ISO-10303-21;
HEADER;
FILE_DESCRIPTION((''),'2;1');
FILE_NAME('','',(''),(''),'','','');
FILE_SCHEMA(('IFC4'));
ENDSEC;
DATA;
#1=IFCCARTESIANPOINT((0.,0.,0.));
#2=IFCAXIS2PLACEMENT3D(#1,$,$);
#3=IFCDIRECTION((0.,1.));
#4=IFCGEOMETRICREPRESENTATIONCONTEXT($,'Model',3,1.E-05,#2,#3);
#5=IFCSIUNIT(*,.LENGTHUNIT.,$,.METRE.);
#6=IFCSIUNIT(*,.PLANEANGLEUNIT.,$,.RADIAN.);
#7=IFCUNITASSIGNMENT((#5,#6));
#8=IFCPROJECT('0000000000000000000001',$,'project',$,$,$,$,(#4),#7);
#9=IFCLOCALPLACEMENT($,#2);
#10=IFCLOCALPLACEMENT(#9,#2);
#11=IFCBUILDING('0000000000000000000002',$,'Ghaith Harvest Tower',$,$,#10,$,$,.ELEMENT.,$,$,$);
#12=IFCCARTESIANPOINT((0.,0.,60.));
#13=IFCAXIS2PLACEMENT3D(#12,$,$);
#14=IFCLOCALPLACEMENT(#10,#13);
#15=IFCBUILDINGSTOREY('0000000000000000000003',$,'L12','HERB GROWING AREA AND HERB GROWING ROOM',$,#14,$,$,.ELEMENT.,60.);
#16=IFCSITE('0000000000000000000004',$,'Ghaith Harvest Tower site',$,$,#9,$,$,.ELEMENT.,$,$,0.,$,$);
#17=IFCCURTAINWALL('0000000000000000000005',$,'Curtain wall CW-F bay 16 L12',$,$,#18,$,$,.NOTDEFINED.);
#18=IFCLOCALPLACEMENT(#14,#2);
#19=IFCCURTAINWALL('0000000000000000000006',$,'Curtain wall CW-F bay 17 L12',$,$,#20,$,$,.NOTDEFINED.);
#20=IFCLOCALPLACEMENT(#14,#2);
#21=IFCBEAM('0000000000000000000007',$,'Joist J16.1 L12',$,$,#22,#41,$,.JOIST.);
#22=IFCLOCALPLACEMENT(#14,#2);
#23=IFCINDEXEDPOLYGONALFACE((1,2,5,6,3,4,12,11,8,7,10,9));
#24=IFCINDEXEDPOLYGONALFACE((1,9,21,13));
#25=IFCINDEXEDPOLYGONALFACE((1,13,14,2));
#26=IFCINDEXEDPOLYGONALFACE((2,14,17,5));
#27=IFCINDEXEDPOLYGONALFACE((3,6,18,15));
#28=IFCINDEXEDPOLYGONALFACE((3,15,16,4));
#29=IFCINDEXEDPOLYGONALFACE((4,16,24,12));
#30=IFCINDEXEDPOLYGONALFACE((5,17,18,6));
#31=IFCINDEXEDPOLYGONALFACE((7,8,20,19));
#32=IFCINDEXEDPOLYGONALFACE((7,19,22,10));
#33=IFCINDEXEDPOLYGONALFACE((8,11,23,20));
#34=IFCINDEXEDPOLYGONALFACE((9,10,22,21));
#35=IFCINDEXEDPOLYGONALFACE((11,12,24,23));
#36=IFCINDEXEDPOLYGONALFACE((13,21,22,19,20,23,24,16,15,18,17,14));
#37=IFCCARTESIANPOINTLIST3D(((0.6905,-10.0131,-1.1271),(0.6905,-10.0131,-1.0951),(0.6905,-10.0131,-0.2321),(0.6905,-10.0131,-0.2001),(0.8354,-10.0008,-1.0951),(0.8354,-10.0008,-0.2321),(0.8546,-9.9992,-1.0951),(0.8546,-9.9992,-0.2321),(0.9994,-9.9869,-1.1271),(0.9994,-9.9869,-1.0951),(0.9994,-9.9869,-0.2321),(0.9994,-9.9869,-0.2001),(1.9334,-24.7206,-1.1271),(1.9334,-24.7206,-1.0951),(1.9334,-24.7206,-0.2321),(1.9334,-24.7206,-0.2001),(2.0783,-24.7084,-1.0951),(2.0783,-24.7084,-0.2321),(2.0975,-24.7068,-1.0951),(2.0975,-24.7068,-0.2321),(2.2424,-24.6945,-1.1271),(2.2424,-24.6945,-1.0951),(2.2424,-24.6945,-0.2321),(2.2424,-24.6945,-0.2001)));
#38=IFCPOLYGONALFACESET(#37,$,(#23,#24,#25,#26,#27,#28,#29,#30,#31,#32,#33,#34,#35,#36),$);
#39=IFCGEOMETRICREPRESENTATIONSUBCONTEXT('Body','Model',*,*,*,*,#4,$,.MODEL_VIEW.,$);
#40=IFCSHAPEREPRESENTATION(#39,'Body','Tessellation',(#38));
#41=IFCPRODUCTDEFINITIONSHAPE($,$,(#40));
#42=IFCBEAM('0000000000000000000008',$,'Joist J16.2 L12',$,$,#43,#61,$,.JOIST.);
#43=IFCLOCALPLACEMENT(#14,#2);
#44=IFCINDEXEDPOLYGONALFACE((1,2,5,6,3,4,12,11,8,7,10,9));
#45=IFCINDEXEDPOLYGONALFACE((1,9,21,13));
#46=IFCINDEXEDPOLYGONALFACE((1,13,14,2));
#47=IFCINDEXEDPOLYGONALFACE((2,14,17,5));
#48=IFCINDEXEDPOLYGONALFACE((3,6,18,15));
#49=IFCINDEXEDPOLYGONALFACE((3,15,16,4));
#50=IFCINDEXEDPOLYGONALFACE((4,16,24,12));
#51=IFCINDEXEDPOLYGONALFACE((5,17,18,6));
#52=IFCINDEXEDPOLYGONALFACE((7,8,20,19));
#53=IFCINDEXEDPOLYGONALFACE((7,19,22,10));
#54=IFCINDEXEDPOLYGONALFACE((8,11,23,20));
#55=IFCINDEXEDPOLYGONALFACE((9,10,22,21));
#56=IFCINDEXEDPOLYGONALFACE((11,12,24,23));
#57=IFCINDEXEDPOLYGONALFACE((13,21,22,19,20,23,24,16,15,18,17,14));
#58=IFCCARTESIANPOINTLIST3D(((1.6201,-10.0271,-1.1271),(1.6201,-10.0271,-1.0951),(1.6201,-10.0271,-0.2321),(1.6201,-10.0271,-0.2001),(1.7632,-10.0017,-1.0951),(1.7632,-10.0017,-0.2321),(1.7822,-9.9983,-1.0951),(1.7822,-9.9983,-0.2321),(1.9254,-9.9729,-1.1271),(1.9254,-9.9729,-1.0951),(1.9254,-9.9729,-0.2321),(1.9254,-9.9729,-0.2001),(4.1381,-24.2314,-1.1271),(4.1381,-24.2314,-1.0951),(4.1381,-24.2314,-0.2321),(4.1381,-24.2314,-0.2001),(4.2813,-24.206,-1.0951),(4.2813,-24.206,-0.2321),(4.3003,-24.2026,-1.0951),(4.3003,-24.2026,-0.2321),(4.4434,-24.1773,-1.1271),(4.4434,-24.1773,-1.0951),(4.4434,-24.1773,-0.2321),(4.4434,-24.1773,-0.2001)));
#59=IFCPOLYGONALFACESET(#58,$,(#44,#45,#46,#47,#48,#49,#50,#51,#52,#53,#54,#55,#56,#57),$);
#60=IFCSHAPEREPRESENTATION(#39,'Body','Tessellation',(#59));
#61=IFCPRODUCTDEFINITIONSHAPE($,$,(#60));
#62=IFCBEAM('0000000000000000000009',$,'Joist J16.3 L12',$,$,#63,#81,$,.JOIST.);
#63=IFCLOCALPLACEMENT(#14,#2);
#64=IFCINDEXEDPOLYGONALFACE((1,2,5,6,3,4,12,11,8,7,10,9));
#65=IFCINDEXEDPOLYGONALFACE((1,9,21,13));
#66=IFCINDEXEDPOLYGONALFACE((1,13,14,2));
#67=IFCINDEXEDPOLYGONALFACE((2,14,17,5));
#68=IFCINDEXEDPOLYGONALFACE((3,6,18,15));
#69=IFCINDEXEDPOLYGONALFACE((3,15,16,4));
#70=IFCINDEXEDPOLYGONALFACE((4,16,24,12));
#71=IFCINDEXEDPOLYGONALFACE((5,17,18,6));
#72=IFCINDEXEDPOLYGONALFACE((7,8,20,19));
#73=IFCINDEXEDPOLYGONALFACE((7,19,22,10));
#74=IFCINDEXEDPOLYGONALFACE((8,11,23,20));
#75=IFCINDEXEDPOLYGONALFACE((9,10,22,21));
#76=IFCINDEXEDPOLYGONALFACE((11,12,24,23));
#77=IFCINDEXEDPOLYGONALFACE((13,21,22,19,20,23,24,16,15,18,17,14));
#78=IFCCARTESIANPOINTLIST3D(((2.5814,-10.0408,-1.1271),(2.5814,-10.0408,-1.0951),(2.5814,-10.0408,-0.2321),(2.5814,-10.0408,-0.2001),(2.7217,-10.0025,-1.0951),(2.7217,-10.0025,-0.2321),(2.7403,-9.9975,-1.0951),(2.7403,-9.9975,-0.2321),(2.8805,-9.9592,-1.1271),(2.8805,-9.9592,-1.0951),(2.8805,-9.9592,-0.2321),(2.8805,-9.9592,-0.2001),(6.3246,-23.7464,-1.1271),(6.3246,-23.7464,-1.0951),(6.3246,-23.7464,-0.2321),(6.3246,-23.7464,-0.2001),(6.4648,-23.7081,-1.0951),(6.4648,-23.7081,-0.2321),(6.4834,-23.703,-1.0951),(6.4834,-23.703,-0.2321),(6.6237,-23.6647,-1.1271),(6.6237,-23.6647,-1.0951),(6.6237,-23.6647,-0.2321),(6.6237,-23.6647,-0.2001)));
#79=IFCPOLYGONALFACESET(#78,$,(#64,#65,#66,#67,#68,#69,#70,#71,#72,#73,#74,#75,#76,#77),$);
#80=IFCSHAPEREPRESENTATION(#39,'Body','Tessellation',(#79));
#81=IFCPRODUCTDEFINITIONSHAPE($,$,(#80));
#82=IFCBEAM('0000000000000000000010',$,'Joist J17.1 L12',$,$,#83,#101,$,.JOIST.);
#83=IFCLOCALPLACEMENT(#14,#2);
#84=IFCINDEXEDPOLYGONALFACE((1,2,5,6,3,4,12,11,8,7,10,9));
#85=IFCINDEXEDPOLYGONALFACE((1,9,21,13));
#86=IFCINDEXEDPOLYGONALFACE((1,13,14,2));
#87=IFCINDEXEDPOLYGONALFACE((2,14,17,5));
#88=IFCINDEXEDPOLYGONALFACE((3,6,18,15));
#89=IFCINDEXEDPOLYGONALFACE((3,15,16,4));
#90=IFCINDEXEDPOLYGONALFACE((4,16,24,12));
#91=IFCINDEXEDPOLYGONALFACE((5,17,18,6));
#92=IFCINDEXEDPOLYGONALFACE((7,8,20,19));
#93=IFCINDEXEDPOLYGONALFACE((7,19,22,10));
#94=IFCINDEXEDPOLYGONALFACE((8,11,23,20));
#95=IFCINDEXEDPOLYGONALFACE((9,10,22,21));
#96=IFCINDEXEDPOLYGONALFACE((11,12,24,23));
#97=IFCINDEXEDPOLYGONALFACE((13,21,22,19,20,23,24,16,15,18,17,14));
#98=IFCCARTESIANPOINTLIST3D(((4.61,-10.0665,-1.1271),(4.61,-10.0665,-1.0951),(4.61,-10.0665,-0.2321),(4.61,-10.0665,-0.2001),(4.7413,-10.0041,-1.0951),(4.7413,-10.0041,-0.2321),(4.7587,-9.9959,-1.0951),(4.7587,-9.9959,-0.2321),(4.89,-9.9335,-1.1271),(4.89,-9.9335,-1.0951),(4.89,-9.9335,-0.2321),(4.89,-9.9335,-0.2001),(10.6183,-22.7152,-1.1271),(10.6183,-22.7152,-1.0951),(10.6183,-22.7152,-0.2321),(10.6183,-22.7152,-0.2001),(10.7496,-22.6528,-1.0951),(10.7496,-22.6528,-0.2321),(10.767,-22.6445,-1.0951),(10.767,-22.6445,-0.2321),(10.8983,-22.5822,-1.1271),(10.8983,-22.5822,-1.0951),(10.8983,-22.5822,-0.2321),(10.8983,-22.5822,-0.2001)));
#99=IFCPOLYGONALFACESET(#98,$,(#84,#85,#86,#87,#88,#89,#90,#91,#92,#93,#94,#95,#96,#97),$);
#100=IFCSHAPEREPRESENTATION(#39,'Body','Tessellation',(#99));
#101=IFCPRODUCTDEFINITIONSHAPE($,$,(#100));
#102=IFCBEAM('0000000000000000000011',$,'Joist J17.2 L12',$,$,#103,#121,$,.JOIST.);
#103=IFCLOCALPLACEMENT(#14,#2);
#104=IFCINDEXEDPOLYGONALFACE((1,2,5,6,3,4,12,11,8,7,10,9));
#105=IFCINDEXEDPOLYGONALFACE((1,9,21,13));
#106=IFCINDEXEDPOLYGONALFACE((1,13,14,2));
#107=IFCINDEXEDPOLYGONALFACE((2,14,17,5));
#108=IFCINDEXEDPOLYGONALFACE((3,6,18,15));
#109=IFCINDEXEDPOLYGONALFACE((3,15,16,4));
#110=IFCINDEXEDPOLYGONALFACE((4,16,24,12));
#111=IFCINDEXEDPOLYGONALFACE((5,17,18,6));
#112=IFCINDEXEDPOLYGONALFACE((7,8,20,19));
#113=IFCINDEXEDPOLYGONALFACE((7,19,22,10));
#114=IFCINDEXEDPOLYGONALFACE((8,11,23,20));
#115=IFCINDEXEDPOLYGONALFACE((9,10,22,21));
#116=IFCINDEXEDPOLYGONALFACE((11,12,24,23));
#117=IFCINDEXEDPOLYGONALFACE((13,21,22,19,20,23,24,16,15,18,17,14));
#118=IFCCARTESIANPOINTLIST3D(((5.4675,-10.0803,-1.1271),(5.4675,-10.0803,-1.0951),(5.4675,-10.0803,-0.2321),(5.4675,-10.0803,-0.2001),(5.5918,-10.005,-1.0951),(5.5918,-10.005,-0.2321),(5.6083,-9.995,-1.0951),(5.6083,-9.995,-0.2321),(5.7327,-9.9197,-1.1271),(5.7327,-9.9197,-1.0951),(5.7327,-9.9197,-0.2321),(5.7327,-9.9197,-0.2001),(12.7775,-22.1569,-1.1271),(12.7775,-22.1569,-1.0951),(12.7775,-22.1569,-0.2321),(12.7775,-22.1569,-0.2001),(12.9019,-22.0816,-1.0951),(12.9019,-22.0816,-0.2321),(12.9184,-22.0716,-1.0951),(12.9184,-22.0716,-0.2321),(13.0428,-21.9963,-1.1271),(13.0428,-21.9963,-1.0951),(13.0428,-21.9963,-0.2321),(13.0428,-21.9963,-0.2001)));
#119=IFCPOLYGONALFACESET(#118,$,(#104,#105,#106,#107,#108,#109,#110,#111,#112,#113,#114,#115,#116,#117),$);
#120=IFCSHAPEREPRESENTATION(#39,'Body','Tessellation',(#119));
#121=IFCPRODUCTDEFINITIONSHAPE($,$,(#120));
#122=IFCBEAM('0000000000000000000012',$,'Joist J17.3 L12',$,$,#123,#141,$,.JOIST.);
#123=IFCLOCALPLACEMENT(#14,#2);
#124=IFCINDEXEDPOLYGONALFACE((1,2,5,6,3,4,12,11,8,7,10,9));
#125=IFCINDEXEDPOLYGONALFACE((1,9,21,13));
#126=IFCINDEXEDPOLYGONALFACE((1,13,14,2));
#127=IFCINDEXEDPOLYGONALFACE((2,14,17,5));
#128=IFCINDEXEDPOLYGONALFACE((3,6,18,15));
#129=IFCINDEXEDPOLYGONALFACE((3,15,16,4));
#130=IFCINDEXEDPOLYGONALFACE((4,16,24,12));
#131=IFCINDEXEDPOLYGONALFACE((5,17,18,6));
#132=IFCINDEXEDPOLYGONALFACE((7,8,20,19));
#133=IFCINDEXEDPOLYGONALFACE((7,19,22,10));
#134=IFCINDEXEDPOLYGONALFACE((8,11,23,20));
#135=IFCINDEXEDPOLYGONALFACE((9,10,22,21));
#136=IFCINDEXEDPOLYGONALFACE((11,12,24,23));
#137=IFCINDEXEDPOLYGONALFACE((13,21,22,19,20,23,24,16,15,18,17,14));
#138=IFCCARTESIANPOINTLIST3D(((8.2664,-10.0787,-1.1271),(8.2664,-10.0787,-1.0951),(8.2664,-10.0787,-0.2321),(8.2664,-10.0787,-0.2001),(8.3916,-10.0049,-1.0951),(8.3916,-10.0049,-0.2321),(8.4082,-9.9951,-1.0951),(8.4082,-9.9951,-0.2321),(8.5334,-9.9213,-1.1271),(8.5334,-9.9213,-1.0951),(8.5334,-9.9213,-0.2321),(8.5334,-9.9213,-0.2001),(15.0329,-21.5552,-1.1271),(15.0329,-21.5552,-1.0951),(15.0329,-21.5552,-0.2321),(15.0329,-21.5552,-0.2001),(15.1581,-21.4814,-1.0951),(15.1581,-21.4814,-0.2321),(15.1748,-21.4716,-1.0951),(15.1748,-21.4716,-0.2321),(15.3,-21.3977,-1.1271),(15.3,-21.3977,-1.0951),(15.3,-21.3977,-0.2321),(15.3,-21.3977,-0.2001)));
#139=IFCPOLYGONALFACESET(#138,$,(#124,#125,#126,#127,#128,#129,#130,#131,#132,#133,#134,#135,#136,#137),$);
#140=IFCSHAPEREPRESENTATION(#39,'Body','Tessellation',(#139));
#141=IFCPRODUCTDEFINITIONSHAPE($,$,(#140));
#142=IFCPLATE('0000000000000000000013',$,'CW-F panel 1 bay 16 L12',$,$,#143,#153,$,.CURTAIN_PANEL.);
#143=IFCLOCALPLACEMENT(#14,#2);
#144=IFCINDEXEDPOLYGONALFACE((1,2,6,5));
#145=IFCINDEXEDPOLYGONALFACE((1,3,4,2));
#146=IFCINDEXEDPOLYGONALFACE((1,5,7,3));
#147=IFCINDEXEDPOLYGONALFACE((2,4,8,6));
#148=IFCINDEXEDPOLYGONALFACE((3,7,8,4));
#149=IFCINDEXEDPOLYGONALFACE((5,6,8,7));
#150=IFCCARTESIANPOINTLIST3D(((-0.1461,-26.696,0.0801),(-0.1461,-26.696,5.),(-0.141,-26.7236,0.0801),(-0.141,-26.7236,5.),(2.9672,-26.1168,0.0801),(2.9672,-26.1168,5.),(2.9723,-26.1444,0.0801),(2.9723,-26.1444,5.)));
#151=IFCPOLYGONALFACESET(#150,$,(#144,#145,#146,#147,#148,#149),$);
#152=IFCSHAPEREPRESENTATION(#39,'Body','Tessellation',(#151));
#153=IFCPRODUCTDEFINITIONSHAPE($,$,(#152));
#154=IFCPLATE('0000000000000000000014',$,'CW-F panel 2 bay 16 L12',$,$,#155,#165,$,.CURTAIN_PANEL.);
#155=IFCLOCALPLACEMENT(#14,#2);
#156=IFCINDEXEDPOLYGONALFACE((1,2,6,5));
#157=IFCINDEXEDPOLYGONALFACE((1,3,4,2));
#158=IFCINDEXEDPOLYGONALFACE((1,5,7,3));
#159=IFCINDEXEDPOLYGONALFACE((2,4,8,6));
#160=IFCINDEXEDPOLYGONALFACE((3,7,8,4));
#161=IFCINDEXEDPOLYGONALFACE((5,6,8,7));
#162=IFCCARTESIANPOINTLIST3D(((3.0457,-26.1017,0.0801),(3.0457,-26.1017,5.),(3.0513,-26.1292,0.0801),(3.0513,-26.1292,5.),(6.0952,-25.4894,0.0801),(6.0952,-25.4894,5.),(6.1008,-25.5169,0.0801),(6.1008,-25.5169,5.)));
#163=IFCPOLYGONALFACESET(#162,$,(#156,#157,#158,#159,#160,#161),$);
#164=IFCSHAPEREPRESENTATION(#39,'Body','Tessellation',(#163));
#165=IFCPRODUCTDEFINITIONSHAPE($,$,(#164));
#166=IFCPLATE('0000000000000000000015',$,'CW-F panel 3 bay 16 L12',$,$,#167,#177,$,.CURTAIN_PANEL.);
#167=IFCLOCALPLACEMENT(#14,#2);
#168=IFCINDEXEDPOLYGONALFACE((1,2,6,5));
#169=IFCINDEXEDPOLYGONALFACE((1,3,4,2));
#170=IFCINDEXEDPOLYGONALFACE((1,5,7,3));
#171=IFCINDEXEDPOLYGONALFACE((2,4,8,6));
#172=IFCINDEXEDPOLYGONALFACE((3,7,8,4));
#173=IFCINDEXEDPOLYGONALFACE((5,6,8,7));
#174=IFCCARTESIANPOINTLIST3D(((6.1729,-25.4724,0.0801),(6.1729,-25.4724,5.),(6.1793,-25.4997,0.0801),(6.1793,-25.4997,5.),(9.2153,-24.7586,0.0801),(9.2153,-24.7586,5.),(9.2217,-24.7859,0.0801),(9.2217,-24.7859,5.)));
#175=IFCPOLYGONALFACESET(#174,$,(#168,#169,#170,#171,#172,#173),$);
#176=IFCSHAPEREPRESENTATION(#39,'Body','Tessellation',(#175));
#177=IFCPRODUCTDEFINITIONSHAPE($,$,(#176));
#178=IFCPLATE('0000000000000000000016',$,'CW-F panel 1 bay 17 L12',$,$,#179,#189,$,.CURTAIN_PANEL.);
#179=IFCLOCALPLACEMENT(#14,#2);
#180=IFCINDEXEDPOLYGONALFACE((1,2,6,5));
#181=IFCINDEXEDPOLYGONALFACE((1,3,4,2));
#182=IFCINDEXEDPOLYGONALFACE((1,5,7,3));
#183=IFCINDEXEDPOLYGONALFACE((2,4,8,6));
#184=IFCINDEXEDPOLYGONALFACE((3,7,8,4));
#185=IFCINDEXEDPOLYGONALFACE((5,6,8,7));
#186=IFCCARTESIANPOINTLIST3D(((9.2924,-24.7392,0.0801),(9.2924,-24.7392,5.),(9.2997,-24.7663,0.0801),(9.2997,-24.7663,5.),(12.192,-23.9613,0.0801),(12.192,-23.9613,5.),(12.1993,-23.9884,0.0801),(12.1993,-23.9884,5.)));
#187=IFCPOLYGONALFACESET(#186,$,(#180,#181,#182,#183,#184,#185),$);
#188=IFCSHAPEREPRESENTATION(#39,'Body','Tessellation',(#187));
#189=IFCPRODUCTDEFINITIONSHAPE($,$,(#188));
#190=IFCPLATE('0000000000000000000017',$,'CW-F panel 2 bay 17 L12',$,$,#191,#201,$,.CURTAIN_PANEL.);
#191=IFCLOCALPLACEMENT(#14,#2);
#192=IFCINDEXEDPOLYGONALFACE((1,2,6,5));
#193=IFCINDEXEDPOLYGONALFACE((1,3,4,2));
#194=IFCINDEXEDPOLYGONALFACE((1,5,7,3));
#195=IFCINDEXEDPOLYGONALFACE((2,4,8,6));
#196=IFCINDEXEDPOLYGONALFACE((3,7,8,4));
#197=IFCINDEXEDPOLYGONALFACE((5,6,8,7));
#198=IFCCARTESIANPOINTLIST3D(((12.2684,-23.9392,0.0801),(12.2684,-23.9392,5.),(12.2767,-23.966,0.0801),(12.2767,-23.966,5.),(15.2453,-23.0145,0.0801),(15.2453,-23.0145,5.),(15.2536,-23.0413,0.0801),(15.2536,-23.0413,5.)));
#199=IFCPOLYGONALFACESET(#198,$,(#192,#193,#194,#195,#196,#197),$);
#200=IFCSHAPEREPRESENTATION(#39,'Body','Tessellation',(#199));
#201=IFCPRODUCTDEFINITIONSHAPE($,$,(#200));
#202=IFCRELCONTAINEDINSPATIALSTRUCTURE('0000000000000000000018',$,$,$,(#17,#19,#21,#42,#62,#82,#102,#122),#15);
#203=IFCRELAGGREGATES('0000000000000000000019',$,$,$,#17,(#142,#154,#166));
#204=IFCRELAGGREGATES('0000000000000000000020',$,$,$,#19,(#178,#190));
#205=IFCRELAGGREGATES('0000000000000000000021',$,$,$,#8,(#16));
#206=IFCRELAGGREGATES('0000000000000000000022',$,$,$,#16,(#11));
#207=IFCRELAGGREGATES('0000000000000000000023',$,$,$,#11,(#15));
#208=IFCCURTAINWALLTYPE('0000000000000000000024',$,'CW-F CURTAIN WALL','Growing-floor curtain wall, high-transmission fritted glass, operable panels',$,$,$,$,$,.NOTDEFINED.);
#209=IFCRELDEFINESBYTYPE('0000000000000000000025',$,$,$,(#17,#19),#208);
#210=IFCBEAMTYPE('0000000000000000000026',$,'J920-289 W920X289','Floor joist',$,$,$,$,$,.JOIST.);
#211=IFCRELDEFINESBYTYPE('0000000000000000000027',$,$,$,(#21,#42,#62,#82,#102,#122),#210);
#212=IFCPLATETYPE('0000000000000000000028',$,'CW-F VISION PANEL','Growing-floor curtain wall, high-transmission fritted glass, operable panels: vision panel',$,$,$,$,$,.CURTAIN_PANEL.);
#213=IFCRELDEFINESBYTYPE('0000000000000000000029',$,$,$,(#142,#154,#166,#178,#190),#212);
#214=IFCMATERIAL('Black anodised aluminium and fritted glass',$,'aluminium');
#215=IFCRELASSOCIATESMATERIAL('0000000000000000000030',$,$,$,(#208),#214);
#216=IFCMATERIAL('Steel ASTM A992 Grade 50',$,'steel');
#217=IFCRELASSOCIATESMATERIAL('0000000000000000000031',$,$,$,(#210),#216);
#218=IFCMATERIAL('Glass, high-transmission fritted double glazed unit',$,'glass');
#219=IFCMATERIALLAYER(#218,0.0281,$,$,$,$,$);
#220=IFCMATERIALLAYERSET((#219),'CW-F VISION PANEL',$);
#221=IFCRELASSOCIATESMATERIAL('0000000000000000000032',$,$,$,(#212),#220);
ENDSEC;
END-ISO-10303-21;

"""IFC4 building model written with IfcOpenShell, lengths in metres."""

from ifc_helpers import new_model, si_unit, direction, frame, origin, origin_2d, place, context, subcontext, project, spatial, rectangle, i_section, extrude, material, layer, layer_set, material_profile, profile_set, type_object, element, aggregate, save


model = new_model("IFC4")

# Units and contexts
model_context = context("Model", 3, precision=1e-05, world=origin(), true_north=direction((0.0, 1.0)))
body_context = subcontext(model_context, "Body", "Model", "MODEL_VIEW")
ifc_project = project(units=[si_unit("LENGTHUNIT", "METRE"), si_unit("PLANEANGLEUNIT", "RADIAN")], contexts=[model_context])

# Site, building, storey
site_placement = place(None, origin())
site = spatial("IfcSite", under=ifc_project, at=site_placement, Name="Ghaith Harvest Tower site", CompositionType="ELEMENT", RefElevation=0.0)
building_placement = place(site_placement, origin())
building = spatial("IfcBuilding", under=site, at=building_placement, Name="Ghaith Harvest Tower", CompositionType="ELEMENT")
storey_placement = place(building_placement, frame((0.0, 0.0, 60.0)))
storey = spatial("IfcBuildingStorey", under=building, at=storey_placement, Name="L12", Description="HERB GROWING AREA AND HERB GROWING ROOM", CompositionType="ELEMENT", Elevation=60.0)

# Curtain walls
ifc_material_1 = material(Name="Black anodised aluminium and fritted glass", Category="aluminium")
curtain_wall_type = type_object("IfcCurtainWallType", Name="CW-F CURTAIN WALL", Description="Growing-floor curtain wall, high-transmission fritted glass, operable panels", PredefinedType="NOTDEFINED", material=ifc_material_1)
curtain_wall_1_placement = place(storey_placement, origin())
curtain_wall_1 = element("IfcCurtainWall", 1, at=curtain_wall_1_placement, inside=storey, type_object=curtain_wall_type, Name="Curtain wall CW-F bay 16 L12", PredefinedType="NOTDEFINED")
curtain_wall_2_placement = place(storey_placement, origin())
curtain_wall_2 = element("IfcCurtainWall", 2, at=curtain_wall_2_placement, inside=storey, type_object=curtain_wall_type, Name="Curtain wall CW-F bay 17 L12", PredefinedType="NOTDEFINED")

# Beams
ifc_material_2 = material(Name="Steel ASTM A992 Grade 50", Category="steel")
ifc_material_profile_1 = material_profile(ifc_material_2, i_section(OverallWidth=0.3101, OverallDepth=0.927, WebThickness=0.0193, FlangeThickness=0.032, at=origin_2d()), Name="W920X289")
ifc_profile_set_1 = profile_set([ifc_material_profile_1], Name="Steel ASTM A992 Grade 50")
beam_type_1 = type_object("IfcBeamType", Name="J920-289 W920X289", Description="Floor joist", PredefinedType="JOIST", material=ifc_profile_set_1)
beam_1_placement = place(storey_placement, frame((0.845, -10.0, -0.6636), z_axis=(0.084209, -0.996448, 0.0), x_axis=(0.996448, 0.084209, 0.0)))
element("IfcBeam", 3, at=beam_1_placement, inside=storey, type_object=beam_type_1, Name="Joist J16.1 L12", PredefinedType="JOIST", context=body_context, shape_type="SweptSolid", body=[
    extrude(i_section(OverallWidth=0.3101, OverallDepth=0.927, WebThickness=0.0193, FlangeThickness=0.032, at=origin_2d()), origin(), (0.0, 0.0, 1.0), 14.76),
])
beam_2_placement = place(storey_placement, frame((1.7727, -10.0, -0.6636), z_axis=(0.174553, -0.984648, 0.0), x_axis=(0.984648, 0.174553, 0.0)))
element("IfcBeam", 4, at=beam_2_placement, inside=storey, type_object=beam_type_1, Name="Joist J16.2 L12", PredefinedType="JOIST", context=body_context, shape_type="SweptSolid", body=[
    extrude(i_section(OverallWidth=0.3101, OverallDepth=0.927, WebThickness=0.0193, FlangeThickness=0.032, at=origin_2d()), origin(), (0.0, 0.0, 1.0), 14.4258),
])
beam_3_placement = place(storey_placement, frame((2.731, -10.0, -0.6636), z_axis=(0.263463, -0.964669, 0.0), x_axis=(0.964669, 0.263463, 0.0)))
element("IfcBeam", 5, at=beam_3_placement, inside=storey, type_object=beam_type_1, Name="Joist J16.3 L12", PredefinedType="JOIST", context=body_context, shape_type="SweptSolid", body=[
    extrude(i_section(OverallWidth=0.3101, OverallDepth=0.927, WebThickness=0.0193, FlangeThickness=0.032, at=origin_2d()), origin(), (0.0, 0.0, 1.0), 14.2075),
])
beam_4_placement = place(storey_placement, frame((4.75, -10.0, -0.6636), z_axis=(0.429067, -0.903273, 0.0), x_axis=(0.903273, 0.429067, 0.0)))
element("IfcBeam", 6, at=beam_4_placement, inside=storey, type_object=beam_type_1, Name="Joist J17.1 L12", PredefinedType="JOIST", context=body_context, shape_type="SweptSolid", body=[
    extrude(i_section(OverallWidth=0.3101, OverallDepth=0.927, WebThickness=0.0193, FlangeThickness=0.032, at=origin_2d()), origin(), (0.0, 0.0, 1.0), 14.0032),
])
beam_5_placement = place(storey_placement, frame((5.6001, -10.0, -0.6636), z_axis=(0.517829, -0.855484, 0.0), x_axis=(0.855484, 0.517829, 0.0)))
element("IfcBeam", 7, at=beam_5_placement, inside=storey, type_object=beam_type_1, Name="Joist J17.2 L12", PredefinedType="JOIST", context=body_context, shape_type="SweptSolid", body=[
    extrude(i_section(OverallWidth=0.3101, OverallDepth=0.927, WebThickness=0.0193, FlangeThickness=0.032, at=origin_2d()), origin(), (0.0, 0.0, 1.0), 14.1167),
])
beam_6_placement = place(storey_placement, frame((8.3999, -10.0, -0.6636), z_axis=(0.507894, -0.861419, 0.0), x_axis=(0.861419, 0.507894, 0.0)))
element("IfcBeam", 8, at=beam_6_placement, inside=storey, type_object=beam_type_1, Name="Joist J17.3 L12", PredefinedType="JOIST", context=body_context, shape_type="SweptSolid", body=[
    extrude(i_section(OverallWidth=0.3101, OverallDepth=0.927, WebThickness=0.0193, FlangeThickness=0.032, at=origin_2d()), origin(), (0.0, 0.0, 1.0), 13.3228),
])

# Plates
ifc_material_3 = material(Name="Glass, high-transmission fritted double glazed unit", Category="glass")
ifc_layer_1 = layer(ifc_material_3, 0.0281)
ifc_layer_set_1 = layer_set([ifc_layer_1], Name="CW-F VISION PANEL")
plate_type = type_object("IfcPlateType", Name="CW-F VISION PANEL", Description="Growing-floor curtain wall, high-transmission fritted glass, operable panels: vision panel", PredefinedType="CURTAIN_PANEL", material=ifc_layer_set_1)
plate_1_placement = place(storey_placement, frame((1.4131, -26.4202, 0.0801), z_axis=(0.0, 0.0, 1.0), x_axis=(0.983131, 0.182902, 0.0)))
plate_1 = element("IfcPlate", 9, at=plate_1_placement, type_object=plate_type, Name="CW-F panel 1 bay 16 L12", PredefinedType="CURTAIN_PANEL", context=body_context, shape_type="SweptSolid", body=[
    extrude(rectangle(XDim=3.1667, YDim=0.0281, at=origin_2d()), origin(), (0.0, 0.0, 1.0), 4.9199),
])
plate_2_placement = place(storey_placement, frame((4.5732, -25.8093, 0.0801), z_axis=(0.0, 0.0, 1.0), x_axis=(0.980432, 0.196856, 0.0)))
plate_2 = element("IfcPlate", 10, at=plate_2_placement, type_object=plate_type, Name="CW-F panel 2 bay 16 L12", PredefinedType="CURTAIN_PANEL", context=body_context, shape_type="SweptSolid", body=[
    extrude(rectangle(XDim=3.1104, YDim=0.0281, at=origin_2d()), origin(), (0.0, 0.0, 1.0), 4.9199),
])
plate_3_placement = place(storey_placement, frame((7.6973, -25.1292, 0.0801), z_axis=(0.0, 0.0, 1.0), x_axis=(0.973565, 0.228411, 0.0)))
plate_3 = element("IfcPlate", 11, at=plate_3_placement, type_object=plate_type, Name="CW-F panel 3 bay 16 L12", PredefinedType="CURTAIN_PANEL", context=body_context, shape_type="SweptSolid", body=[
    extrude(rectangle(XDim=3.125, YDim=0.0281, at=origin_2d()), origin(), (0.0, 0.0, 1.0), 4.9199),
])
aggregate(curtain_wall_1, [plate_1, plate_2, plate_3])
plate_4_placement = place(storey_placement, frame((10.7458, -24.3638, 0.0801), z_axis=(0.0, 0.0, 1.0), x_axis=(0.965848, 0.259108, 0.0)))
plate_4 = element("IfcPlate", 12, at=plate_4_placement, type_object=plate_type, Name="CW-F panel 1 bay 17 L12", PredefinedType="CURTAIN_PANEL", context=body_context, shape_type="SweptSolid", body=[
    extrude(rectangle(XDim=3.0022, YDim=0.0281, at=origin_2d()), origin(), (0.0, 0.0, 1.0), 4.9199),
])
plate_5_placement = place(storey_placement, frame((13.761, -23.4902, 0.0801), z_axis=(0.0, 0.0, 1.0), x_axis=(0.954988, 0.296644, 0.0)))
plate_5 = element("IfcPlate", 13, at=plate_5_placement, type_object=plate_type, Name="CW-F panel 2 bay 17 L12", PredefinedType="CURTAIN_PANEL", context=body_context, shape_type="SweptSolid", body=[
    extrude(rectangle(XDim=3.1172, YDim=0.0281, at=origin_2d()), origin(), (0.0, 0.0, 1.0), 4.9199),
])
aggregate(curtain_wall_2, [plate_4, plate_5])

save(model, "model.ifc")
